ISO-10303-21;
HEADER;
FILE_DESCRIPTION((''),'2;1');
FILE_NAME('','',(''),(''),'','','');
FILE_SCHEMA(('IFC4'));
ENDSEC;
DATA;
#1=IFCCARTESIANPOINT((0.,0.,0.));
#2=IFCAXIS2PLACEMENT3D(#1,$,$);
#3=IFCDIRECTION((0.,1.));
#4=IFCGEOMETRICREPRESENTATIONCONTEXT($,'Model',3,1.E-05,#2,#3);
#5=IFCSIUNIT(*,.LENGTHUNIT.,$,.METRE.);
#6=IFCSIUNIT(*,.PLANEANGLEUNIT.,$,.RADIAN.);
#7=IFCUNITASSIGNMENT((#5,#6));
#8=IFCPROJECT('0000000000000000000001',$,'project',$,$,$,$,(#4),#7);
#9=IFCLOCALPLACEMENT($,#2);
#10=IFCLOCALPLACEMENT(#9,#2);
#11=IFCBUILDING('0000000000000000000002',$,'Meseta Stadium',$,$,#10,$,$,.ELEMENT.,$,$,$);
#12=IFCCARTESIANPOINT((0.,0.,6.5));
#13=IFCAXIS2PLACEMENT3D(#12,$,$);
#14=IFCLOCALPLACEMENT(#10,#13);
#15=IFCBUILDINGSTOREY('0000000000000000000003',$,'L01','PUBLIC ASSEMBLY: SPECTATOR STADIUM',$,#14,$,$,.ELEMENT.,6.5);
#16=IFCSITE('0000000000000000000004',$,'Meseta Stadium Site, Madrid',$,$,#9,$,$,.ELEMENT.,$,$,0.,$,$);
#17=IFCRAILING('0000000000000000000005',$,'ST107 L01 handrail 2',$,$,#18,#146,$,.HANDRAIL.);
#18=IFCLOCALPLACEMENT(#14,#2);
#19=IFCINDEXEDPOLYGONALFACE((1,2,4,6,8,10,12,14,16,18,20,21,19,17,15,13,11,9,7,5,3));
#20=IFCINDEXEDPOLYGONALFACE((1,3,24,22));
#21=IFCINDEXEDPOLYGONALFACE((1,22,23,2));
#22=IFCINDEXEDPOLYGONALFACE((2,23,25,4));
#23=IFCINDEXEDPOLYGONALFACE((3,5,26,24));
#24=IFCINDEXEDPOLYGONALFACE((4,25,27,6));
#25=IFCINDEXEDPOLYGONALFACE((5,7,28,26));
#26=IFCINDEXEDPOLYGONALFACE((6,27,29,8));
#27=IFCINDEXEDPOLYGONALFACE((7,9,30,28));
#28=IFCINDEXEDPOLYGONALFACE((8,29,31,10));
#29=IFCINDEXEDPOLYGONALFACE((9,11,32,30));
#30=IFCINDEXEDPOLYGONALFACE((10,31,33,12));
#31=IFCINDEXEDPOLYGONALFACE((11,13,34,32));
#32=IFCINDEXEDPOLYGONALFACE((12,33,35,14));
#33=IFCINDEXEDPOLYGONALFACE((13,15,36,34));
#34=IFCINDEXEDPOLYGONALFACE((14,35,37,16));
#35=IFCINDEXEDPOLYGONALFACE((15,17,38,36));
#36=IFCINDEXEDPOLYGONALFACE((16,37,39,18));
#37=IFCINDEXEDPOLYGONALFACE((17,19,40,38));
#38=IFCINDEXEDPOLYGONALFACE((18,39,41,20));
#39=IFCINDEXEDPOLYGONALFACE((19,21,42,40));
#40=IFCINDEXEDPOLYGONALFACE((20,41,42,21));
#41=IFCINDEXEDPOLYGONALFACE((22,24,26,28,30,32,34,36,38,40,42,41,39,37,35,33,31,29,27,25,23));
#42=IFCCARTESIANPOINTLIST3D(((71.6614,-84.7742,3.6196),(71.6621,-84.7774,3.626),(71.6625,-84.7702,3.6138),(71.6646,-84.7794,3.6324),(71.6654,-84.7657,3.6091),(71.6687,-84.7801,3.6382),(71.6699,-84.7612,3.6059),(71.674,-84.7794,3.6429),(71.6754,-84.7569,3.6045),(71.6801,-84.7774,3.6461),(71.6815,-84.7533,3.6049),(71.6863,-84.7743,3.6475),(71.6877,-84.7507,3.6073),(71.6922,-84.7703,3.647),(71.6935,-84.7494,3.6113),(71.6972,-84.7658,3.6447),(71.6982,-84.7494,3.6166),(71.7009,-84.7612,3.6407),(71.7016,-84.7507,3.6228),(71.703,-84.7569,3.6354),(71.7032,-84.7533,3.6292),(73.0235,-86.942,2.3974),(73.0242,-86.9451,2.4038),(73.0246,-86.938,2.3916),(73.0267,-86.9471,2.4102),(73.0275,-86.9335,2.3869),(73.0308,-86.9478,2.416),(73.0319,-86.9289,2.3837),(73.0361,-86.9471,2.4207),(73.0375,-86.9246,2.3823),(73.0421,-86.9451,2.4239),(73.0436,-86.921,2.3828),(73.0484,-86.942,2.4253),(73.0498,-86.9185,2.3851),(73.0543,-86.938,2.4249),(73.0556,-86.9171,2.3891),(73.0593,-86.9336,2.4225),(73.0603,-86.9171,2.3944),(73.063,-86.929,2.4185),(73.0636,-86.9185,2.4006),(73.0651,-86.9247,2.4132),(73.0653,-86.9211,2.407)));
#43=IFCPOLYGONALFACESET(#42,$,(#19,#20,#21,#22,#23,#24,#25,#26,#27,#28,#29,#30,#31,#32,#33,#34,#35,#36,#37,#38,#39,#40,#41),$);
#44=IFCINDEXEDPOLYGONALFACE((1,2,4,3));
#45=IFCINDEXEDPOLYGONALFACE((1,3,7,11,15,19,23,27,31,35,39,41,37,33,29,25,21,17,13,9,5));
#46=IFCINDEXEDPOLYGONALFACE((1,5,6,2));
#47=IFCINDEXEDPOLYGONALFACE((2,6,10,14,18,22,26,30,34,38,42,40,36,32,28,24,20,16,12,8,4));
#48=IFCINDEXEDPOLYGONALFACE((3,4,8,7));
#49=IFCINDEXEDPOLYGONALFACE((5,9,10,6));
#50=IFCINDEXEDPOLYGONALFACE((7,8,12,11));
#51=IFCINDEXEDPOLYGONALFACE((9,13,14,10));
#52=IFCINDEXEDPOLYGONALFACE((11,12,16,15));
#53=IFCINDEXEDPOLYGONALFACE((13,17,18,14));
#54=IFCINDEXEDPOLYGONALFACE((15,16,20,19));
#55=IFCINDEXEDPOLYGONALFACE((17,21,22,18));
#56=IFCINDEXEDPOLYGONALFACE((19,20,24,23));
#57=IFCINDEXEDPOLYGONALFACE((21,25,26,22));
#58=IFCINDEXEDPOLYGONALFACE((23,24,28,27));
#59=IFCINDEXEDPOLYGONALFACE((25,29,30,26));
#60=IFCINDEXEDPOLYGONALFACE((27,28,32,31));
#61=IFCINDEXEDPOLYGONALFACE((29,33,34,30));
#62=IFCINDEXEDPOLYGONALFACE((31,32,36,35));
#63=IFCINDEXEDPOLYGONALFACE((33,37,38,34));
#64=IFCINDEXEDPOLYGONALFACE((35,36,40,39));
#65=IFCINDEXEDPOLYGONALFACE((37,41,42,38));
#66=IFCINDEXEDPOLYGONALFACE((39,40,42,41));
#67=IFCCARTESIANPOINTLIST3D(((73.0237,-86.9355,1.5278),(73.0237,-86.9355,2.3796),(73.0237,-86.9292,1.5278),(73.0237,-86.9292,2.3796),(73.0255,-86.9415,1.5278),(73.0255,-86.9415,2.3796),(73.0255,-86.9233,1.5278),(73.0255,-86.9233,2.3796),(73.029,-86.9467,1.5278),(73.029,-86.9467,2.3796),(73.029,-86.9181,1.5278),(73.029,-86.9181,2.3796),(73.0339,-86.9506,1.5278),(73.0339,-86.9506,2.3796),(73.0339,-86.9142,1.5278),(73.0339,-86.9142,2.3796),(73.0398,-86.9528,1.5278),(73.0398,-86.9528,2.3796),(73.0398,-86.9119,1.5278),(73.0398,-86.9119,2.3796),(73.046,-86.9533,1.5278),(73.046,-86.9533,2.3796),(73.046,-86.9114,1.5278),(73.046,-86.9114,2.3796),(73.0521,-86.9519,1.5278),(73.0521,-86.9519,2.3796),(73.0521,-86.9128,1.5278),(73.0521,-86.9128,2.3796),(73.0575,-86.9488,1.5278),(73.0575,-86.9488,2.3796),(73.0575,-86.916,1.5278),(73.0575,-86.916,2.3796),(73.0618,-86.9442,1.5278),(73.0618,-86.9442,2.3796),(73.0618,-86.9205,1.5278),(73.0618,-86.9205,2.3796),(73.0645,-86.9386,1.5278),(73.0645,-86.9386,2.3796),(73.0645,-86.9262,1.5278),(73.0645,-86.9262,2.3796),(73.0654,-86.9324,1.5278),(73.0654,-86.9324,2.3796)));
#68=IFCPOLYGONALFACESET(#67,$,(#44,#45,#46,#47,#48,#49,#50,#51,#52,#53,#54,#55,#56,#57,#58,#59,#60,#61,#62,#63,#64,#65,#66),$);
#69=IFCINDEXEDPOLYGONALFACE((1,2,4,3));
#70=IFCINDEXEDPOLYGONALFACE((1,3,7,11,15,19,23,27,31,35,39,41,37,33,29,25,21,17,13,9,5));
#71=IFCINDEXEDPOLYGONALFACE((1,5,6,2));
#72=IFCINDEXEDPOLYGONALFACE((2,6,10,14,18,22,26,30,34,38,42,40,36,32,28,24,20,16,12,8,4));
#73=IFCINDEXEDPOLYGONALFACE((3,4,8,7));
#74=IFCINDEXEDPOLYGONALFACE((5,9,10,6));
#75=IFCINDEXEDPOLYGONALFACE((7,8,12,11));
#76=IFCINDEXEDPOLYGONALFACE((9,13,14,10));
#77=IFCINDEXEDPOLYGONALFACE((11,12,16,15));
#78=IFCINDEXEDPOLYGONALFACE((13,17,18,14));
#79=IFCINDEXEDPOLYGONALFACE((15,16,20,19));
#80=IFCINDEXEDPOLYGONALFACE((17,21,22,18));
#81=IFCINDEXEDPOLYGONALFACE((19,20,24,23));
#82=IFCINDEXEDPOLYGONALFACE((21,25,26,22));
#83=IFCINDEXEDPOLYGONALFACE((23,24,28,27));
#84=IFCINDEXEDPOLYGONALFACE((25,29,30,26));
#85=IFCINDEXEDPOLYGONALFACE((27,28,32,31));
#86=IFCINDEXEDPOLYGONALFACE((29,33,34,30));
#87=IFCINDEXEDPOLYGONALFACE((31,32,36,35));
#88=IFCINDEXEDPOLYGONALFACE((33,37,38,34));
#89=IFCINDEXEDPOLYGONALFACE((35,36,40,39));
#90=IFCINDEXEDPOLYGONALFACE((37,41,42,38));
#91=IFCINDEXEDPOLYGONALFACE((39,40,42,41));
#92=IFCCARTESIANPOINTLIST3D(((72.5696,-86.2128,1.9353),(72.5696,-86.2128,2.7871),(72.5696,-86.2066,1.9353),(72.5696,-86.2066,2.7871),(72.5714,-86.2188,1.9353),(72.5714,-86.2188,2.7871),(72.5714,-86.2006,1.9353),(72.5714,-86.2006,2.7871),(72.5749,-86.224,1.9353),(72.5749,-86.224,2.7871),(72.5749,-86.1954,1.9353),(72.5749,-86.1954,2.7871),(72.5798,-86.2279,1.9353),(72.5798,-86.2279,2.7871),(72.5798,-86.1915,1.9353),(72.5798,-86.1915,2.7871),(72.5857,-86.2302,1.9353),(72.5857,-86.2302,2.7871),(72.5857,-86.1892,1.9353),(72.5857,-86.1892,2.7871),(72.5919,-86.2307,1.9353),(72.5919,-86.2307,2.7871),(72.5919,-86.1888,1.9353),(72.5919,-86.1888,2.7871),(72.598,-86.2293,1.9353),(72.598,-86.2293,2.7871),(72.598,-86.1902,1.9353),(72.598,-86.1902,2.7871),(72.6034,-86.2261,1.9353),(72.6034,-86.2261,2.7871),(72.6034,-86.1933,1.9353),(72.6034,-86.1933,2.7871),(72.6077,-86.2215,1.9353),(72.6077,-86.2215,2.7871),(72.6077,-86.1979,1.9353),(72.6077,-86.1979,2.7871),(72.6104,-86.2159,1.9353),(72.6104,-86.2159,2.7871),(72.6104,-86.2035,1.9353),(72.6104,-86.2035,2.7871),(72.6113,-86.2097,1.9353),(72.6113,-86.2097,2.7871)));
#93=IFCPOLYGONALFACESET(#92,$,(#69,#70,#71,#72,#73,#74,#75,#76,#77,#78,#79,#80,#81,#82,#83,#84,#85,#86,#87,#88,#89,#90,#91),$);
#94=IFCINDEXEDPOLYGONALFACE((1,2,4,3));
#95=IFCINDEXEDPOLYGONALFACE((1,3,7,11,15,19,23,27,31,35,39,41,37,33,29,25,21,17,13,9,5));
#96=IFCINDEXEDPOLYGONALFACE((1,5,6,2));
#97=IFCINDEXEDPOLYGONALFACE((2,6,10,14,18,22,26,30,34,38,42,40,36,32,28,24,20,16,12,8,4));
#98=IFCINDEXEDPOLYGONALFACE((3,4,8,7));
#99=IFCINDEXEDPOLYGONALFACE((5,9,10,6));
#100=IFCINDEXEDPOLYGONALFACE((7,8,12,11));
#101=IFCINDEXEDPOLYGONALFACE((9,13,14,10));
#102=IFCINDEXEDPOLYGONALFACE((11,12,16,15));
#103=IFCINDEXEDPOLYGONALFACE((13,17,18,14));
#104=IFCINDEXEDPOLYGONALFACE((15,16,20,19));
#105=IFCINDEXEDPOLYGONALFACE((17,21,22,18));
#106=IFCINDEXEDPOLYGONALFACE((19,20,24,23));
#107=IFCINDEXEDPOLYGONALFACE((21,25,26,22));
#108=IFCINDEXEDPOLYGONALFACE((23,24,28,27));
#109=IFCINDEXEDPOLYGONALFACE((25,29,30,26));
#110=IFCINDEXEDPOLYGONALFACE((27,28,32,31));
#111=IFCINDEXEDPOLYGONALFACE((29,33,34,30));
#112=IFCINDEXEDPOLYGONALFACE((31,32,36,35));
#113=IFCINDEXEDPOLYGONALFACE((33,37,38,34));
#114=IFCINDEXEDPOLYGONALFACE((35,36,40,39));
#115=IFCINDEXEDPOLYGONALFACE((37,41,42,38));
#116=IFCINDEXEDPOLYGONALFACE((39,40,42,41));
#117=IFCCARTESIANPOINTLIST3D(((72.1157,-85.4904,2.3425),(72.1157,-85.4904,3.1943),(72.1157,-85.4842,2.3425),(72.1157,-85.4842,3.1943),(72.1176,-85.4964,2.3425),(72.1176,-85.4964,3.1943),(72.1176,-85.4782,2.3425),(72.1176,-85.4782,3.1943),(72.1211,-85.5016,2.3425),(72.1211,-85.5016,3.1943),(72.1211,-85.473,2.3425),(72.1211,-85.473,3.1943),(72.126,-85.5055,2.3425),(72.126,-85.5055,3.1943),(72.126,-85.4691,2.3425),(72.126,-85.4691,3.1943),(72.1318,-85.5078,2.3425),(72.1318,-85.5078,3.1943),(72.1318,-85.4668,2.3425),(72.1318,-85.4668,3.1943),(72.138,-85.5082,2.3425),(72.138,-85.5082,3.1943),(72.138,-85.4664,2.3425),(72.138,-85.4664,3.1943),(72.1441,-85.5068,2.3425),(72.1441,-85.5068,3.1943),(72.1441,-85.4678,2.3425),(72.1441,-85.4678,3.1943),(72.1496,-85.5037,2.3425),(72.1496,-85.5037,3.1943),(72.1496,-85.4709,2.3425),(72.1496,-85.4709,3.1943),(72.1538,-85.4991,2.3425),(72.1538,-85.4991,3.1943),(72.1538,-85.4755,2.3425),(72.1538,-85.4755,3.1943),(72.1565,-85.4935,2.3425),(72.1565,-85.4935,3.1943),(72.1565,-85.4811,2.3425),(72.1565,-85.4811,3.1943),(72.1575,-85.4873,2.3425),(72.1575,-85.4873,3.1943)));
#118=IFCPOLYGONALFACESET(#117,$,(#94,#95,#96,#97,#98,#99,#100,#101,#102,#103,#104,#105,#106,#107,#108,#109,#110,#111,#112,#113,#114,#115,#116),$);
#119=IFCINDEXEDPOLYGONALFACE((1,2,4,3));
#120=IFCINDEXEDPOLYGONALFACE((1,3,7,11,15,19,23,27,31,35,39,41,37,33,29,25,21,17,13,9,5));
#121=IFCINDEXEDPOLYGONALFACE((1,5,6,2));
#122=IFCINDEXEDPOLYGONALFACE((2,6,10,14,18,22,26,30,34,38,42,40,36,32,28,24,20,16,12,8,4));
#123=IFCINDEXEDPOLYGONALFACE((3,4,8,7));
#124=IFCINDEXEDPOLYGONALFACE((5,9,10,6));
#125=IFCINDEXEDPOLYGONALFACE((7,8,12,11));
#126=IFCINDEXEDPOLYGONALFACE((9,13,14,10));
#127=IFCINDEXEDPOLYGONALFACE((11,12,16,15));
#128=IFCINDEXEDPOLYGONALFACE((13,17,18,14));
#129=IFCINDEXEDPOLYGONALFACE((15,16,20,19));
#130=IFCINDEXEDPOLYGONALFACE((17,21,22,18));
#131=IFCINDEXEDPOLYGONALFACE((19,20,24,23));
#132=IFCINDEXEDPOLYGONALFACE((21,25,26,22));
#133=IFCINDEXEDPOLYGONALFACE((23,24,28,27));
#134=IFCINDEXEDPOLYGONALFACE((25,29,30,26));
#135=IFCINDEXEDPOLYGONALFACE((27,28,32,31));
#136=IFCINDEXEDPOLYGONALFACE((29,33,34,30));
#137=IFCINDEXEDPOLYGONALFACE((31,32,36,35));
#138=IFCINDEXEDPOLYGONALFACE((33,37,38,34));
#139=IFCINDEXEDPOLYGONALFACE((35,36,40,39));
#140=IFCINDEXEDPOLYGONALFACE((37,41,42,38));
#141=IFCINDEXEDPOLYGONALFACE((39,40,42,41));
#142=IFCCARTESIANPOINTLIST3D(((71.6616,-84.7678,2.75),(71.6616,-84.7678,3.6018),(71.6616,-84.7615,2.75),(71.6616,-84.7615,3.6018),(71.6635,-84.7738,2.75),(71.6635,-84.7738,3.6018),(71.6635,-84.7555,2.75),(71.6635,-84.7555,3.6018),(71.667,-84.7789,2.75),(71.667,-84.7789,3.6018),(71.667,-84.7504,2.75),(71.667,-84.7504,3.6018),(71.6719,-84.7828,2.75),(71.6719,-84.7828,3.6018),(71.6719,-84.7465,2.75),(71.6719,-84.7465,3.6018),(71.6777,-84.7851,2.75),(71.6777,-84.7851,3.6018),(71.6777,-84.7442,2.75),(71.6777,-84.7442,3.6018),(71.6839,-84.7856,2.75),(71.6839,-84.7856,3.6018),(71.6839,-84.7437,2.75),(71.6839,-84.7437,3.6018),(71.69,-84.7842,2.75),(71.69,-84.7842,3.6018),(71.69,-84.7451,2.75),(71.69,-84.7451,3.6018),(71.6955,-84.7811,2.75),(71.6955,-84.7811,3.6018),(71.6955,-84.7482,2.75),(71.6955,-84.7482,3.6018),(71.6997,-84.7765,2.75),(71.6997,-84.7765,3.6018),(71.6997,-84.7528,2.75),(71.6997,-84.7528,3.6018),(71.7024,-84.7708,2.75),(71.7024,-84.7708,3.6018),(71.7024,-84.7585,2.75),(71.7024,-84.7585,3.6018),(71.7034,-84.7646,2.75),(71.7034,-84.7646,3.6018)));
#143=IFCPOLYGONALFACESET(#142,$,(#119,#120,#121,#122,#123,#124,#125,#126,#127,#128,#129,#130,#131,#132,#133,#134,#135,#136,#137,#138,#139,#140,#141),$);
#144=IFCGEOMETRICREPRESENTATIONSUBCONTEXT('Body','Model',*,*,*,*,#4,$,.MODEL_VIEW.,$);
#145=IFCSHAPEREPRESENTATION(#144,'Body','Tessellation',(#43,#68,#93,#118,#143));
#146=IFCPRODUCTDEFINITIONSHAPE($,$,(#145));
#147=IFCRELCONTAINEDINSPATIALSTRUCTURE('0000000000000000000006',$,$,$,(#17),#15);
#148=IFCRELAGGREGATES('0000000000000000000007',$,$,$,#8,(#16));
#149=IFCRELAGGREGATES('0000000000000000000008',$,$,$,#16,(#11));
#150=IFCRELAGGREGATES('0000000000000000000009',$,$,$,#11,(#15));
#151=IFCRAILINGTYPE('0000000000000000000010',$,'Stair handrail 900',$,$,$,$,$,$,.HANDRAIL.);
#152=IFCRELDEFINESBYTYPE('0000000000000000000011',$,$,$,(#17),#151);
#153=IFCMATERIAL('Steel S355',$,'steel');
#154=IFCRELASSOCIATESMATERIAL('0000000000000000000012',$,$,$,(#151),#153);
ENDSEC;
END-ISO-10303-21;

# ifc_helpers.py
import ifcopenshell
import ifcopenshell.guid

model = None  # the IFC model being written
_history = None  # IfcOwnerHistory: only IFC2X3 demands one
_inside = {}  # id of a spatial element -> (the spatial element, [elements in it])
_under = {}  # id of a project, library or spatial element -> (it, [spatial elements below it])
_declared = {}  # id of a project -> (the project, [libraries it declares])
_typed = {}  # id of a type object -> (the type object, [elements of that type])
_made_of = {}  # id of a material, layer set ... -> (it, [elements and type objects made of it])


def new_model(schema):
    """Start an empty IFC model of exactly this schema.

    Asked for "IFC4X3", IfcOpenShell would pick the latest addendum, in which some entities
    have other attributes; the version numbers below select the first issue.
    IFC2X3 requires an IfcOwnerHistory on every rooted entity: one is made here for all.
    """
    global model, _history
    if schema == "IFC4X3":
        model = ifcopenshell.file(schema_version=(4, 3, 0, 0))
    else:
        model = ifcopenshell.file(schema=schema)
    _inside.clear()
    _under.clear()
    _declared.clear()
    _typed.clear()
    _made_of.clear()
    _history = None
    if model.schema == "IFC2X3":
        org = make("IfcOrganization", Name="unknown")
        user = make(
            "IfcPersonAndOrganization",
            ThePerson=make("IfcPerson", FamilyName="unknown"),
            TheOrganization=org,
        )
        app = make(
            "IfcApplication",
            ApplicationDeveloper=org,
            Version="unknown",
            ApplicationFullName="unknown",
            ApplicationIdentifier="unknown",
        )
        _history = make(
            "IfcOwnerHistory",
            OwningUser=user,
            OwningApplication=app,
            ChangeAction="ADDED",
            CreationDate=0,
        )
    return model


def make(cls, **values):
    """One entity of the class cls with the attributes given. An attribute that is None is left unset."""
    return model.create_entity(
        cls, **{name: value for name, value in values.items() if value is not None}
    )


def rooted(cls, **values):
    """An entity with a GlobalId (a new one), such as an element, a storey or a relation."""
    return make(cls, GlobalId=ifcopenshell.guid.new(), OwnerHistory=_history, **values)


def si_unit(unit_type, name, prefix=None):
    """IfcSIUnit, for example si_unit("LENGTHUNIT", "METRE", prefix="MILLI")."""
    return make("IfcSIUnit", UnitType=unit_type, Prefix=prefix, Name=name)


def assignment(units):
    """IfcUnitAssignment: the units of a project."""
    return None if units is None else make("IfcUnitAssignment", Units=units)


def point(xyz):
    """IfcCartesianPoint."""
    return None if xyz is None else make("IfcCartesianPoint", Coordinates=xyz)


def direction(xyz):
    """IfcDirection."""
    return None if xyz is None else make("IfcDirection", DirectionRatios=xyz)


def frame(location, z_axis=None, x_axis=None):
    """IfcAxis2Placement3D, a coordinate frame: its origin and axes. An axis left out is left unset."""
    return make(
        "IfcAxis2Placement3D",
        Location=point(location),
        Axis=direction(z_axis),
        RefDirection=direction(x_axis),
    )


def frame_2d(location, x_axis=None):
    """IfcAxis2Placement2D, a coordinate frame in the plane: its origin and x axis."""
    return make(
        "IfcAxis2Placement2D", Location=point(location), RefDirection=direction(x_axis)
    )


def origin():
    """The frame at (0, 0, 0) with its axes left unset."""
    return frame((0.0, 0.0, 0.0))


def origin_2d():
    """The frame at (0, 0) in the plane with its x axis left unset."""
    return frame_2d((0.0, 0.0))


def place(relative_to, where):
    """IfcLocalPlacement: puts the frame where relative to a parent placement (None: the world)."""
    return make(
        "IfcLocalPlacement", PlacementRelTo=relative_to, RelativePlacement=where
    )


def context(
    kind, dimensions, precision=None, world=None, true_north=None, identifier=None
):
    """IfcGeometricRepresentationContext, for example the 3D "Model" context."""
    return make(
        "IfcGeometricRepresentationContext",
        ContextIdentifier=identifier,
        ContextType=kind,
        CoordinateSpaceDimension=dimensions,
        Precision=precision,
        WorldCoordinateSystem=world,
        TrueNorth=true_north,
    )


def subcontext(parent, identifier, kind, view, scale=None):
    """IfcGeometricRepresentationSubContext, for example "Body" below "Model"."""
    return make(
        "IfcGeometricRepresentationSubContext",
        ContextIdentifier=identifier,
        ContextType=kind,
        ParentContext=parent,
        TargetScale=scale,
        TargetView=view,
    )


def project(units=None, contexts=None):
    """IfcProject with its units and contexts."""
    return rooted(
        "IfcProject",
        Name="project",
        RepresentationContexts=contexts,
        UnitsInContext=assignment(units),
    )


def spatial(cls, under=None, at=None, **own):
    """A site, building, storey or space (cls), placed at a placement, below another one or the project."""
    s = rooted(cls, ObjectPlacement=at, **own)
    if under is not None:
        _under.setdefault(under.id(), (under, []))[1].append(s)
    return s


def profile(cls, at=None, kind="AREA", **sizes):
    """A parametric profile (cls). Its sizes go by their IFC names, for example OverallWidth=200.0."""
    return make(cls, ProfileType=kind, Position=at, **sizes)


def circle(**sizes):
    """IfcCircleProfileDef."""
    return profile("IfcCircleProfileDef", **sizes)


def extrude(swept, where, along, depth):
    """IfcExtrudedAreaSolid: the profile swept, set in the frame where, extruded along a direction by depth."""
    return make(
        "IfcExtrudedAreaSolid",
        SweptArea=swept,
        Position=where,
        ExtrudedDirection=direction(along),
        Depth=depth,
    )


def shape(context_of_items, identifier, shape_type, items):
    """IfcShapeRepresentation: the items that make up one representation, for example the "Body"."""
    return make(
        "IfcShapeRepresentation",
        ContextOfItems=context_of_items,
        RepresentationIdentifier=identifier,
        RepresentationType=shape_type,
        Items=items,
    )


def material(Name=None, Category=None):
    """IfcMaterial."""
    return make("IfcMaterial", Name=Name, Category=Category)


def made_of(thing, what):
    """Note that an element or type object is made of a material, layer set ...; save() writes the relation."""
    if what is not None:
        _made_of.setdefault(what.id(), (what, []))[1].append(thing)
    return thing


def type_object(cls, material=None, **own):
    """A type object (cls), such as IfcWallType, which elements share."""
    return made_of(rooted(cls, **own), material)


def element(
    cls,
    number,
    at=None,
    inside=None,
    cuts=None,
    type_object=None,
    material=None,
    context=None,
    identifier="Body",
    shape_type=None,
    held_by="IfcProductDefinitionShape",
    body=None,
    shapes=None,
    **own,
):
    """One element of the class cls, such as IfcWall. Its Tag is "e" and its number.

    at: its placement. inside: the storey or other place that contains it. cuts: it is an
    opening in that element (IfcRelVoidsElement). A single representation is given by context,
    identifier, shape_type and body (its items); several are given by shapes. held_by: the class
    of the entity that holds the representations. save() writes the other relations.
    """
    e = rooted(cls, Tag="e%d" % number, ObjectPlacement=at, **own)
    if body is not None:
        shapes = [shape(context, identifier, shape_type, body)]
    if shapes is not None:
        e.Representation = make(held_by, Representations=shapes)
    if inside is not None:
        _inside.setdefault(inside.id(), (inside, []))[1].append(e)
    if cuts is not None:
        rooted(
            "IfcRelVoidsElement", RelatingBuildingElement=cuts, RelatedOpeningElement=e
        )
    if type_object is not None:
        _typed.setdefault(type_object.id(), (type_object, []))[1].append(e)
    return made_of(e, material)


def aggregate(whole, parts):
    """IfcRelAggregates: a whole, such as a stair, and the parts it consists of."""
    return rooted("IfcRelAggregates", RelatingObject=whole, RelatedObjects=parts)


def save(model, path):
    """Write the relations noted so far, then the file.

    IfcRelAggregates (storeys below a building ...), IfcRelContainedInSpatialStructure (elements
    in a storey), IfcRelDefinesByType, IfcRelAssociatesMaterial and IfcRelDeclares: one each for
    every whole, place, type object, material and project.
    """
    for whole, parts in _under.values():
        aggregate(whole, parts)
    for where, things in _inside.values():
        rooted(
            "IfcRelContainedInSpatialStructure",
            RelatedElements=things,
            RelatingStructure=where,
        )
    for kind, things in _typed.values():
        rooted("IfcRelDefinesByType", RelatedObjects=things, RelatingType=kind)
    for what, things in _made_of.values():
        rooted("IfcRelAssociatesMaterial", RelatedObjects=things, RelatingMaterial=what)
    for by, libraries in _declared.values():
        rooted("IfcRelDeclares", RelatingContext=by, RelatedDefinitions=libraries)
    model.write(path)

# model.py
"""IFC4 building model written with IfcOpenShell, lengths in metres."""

from ifc_helpers import new_model, si_unit, direction, frame, origin, origin_2d, place, context, subcontext, project, spatial, circle, extrude, material, type_object, element, save


model = new_model("IFC4")

# Units and contexts
model_context = context("Model", 3, precision=1e-05, world=origin(), true_north=direction((0.0, 1.0)))
body_context = subcontext(model_context, "Body", "Model", "MODEL_VIEW")
ifc_project = project(units=[si_unit("LENGTHUNIT", "METRE"), si_unit("PLANEANGLEUNIT", "RADIAN")], contexts=[model_context])

# Site, building, storey
site_placement = place(None, origin())
site = spatial("IfcSite", under=ifc_project, at=site_placement, Name="Meseta Stadium Site, Madrid", CompositionType="ELEMENT", RefElevation=0.0)
building_placement = place(site_placement, origin())
building = spatial("IfcBuilding", under=site, at=building_placement, Name="Meseta Stadium", CompositionType="ELEMENT")
storey_placement = place(building_placement, frame((0.0, 0.0, 6.5)))
storey = spatial("IfcBuildingStorey", under=building, at=storey_placement, Name="L01", Description="PUBLIC ASSEMBLY: SPECTATOR STADIUM", CompositionType="ELEMENT", Elevation=6.5)

# Railing
ifc_material_1 = material(Name="Steel S355", Category="steel")
railing_type_1 = type_object("IfcRailingType", Name="Stair handrail 900", PredefinedType="HANDRAIL", material=ifc_material_1)
railing_1_placement = place(storey_placement, frame((73.0444, -86.9324, 1.5278)))
element("IfcRailing", 1, at=railing_1_placement, inside=storey, type_object=railing_type_1, Name="ST107 L01 handrail 2", PredefinedType="HANDRAIL", context=body_context, shape_type="SweptSolid", body=[
    extrude(circle(Radius=0.0239, at=origin_2d()), frame((0.0, 0.0, 0.876), z_axis=(-0.480125, 0.764121, 0.430813), x_axis=(-0.846726, -0.532029, 0.0)), (0.0, 0.0, 1.0), 2.8369),
    extrude(circle(Radius=0.021, at=origin_2d()), origin(), (0.0, 0.0, 1.0), 0.8518),
    extrude(circle(Radius=0.021, at=origin_2d()), frame((-0.4541, 0.7227, 0.4075)), (0.0, 0.0, 1.0), 0.8518),
    extrude(circle(Radius=0.021, at=origin_2d()), frame((-0.908, 1.4451, 0.8147)), (0.0, 0.0, 1.0), 0.8518),
    extrude(circle(Radius=0.021, at=origin_2d()), frame((-1.3621, 2.1677, 1.2222)), (0.0, 0.0, 1.0), 0.8518),
])

save(model, "model.ifc")
